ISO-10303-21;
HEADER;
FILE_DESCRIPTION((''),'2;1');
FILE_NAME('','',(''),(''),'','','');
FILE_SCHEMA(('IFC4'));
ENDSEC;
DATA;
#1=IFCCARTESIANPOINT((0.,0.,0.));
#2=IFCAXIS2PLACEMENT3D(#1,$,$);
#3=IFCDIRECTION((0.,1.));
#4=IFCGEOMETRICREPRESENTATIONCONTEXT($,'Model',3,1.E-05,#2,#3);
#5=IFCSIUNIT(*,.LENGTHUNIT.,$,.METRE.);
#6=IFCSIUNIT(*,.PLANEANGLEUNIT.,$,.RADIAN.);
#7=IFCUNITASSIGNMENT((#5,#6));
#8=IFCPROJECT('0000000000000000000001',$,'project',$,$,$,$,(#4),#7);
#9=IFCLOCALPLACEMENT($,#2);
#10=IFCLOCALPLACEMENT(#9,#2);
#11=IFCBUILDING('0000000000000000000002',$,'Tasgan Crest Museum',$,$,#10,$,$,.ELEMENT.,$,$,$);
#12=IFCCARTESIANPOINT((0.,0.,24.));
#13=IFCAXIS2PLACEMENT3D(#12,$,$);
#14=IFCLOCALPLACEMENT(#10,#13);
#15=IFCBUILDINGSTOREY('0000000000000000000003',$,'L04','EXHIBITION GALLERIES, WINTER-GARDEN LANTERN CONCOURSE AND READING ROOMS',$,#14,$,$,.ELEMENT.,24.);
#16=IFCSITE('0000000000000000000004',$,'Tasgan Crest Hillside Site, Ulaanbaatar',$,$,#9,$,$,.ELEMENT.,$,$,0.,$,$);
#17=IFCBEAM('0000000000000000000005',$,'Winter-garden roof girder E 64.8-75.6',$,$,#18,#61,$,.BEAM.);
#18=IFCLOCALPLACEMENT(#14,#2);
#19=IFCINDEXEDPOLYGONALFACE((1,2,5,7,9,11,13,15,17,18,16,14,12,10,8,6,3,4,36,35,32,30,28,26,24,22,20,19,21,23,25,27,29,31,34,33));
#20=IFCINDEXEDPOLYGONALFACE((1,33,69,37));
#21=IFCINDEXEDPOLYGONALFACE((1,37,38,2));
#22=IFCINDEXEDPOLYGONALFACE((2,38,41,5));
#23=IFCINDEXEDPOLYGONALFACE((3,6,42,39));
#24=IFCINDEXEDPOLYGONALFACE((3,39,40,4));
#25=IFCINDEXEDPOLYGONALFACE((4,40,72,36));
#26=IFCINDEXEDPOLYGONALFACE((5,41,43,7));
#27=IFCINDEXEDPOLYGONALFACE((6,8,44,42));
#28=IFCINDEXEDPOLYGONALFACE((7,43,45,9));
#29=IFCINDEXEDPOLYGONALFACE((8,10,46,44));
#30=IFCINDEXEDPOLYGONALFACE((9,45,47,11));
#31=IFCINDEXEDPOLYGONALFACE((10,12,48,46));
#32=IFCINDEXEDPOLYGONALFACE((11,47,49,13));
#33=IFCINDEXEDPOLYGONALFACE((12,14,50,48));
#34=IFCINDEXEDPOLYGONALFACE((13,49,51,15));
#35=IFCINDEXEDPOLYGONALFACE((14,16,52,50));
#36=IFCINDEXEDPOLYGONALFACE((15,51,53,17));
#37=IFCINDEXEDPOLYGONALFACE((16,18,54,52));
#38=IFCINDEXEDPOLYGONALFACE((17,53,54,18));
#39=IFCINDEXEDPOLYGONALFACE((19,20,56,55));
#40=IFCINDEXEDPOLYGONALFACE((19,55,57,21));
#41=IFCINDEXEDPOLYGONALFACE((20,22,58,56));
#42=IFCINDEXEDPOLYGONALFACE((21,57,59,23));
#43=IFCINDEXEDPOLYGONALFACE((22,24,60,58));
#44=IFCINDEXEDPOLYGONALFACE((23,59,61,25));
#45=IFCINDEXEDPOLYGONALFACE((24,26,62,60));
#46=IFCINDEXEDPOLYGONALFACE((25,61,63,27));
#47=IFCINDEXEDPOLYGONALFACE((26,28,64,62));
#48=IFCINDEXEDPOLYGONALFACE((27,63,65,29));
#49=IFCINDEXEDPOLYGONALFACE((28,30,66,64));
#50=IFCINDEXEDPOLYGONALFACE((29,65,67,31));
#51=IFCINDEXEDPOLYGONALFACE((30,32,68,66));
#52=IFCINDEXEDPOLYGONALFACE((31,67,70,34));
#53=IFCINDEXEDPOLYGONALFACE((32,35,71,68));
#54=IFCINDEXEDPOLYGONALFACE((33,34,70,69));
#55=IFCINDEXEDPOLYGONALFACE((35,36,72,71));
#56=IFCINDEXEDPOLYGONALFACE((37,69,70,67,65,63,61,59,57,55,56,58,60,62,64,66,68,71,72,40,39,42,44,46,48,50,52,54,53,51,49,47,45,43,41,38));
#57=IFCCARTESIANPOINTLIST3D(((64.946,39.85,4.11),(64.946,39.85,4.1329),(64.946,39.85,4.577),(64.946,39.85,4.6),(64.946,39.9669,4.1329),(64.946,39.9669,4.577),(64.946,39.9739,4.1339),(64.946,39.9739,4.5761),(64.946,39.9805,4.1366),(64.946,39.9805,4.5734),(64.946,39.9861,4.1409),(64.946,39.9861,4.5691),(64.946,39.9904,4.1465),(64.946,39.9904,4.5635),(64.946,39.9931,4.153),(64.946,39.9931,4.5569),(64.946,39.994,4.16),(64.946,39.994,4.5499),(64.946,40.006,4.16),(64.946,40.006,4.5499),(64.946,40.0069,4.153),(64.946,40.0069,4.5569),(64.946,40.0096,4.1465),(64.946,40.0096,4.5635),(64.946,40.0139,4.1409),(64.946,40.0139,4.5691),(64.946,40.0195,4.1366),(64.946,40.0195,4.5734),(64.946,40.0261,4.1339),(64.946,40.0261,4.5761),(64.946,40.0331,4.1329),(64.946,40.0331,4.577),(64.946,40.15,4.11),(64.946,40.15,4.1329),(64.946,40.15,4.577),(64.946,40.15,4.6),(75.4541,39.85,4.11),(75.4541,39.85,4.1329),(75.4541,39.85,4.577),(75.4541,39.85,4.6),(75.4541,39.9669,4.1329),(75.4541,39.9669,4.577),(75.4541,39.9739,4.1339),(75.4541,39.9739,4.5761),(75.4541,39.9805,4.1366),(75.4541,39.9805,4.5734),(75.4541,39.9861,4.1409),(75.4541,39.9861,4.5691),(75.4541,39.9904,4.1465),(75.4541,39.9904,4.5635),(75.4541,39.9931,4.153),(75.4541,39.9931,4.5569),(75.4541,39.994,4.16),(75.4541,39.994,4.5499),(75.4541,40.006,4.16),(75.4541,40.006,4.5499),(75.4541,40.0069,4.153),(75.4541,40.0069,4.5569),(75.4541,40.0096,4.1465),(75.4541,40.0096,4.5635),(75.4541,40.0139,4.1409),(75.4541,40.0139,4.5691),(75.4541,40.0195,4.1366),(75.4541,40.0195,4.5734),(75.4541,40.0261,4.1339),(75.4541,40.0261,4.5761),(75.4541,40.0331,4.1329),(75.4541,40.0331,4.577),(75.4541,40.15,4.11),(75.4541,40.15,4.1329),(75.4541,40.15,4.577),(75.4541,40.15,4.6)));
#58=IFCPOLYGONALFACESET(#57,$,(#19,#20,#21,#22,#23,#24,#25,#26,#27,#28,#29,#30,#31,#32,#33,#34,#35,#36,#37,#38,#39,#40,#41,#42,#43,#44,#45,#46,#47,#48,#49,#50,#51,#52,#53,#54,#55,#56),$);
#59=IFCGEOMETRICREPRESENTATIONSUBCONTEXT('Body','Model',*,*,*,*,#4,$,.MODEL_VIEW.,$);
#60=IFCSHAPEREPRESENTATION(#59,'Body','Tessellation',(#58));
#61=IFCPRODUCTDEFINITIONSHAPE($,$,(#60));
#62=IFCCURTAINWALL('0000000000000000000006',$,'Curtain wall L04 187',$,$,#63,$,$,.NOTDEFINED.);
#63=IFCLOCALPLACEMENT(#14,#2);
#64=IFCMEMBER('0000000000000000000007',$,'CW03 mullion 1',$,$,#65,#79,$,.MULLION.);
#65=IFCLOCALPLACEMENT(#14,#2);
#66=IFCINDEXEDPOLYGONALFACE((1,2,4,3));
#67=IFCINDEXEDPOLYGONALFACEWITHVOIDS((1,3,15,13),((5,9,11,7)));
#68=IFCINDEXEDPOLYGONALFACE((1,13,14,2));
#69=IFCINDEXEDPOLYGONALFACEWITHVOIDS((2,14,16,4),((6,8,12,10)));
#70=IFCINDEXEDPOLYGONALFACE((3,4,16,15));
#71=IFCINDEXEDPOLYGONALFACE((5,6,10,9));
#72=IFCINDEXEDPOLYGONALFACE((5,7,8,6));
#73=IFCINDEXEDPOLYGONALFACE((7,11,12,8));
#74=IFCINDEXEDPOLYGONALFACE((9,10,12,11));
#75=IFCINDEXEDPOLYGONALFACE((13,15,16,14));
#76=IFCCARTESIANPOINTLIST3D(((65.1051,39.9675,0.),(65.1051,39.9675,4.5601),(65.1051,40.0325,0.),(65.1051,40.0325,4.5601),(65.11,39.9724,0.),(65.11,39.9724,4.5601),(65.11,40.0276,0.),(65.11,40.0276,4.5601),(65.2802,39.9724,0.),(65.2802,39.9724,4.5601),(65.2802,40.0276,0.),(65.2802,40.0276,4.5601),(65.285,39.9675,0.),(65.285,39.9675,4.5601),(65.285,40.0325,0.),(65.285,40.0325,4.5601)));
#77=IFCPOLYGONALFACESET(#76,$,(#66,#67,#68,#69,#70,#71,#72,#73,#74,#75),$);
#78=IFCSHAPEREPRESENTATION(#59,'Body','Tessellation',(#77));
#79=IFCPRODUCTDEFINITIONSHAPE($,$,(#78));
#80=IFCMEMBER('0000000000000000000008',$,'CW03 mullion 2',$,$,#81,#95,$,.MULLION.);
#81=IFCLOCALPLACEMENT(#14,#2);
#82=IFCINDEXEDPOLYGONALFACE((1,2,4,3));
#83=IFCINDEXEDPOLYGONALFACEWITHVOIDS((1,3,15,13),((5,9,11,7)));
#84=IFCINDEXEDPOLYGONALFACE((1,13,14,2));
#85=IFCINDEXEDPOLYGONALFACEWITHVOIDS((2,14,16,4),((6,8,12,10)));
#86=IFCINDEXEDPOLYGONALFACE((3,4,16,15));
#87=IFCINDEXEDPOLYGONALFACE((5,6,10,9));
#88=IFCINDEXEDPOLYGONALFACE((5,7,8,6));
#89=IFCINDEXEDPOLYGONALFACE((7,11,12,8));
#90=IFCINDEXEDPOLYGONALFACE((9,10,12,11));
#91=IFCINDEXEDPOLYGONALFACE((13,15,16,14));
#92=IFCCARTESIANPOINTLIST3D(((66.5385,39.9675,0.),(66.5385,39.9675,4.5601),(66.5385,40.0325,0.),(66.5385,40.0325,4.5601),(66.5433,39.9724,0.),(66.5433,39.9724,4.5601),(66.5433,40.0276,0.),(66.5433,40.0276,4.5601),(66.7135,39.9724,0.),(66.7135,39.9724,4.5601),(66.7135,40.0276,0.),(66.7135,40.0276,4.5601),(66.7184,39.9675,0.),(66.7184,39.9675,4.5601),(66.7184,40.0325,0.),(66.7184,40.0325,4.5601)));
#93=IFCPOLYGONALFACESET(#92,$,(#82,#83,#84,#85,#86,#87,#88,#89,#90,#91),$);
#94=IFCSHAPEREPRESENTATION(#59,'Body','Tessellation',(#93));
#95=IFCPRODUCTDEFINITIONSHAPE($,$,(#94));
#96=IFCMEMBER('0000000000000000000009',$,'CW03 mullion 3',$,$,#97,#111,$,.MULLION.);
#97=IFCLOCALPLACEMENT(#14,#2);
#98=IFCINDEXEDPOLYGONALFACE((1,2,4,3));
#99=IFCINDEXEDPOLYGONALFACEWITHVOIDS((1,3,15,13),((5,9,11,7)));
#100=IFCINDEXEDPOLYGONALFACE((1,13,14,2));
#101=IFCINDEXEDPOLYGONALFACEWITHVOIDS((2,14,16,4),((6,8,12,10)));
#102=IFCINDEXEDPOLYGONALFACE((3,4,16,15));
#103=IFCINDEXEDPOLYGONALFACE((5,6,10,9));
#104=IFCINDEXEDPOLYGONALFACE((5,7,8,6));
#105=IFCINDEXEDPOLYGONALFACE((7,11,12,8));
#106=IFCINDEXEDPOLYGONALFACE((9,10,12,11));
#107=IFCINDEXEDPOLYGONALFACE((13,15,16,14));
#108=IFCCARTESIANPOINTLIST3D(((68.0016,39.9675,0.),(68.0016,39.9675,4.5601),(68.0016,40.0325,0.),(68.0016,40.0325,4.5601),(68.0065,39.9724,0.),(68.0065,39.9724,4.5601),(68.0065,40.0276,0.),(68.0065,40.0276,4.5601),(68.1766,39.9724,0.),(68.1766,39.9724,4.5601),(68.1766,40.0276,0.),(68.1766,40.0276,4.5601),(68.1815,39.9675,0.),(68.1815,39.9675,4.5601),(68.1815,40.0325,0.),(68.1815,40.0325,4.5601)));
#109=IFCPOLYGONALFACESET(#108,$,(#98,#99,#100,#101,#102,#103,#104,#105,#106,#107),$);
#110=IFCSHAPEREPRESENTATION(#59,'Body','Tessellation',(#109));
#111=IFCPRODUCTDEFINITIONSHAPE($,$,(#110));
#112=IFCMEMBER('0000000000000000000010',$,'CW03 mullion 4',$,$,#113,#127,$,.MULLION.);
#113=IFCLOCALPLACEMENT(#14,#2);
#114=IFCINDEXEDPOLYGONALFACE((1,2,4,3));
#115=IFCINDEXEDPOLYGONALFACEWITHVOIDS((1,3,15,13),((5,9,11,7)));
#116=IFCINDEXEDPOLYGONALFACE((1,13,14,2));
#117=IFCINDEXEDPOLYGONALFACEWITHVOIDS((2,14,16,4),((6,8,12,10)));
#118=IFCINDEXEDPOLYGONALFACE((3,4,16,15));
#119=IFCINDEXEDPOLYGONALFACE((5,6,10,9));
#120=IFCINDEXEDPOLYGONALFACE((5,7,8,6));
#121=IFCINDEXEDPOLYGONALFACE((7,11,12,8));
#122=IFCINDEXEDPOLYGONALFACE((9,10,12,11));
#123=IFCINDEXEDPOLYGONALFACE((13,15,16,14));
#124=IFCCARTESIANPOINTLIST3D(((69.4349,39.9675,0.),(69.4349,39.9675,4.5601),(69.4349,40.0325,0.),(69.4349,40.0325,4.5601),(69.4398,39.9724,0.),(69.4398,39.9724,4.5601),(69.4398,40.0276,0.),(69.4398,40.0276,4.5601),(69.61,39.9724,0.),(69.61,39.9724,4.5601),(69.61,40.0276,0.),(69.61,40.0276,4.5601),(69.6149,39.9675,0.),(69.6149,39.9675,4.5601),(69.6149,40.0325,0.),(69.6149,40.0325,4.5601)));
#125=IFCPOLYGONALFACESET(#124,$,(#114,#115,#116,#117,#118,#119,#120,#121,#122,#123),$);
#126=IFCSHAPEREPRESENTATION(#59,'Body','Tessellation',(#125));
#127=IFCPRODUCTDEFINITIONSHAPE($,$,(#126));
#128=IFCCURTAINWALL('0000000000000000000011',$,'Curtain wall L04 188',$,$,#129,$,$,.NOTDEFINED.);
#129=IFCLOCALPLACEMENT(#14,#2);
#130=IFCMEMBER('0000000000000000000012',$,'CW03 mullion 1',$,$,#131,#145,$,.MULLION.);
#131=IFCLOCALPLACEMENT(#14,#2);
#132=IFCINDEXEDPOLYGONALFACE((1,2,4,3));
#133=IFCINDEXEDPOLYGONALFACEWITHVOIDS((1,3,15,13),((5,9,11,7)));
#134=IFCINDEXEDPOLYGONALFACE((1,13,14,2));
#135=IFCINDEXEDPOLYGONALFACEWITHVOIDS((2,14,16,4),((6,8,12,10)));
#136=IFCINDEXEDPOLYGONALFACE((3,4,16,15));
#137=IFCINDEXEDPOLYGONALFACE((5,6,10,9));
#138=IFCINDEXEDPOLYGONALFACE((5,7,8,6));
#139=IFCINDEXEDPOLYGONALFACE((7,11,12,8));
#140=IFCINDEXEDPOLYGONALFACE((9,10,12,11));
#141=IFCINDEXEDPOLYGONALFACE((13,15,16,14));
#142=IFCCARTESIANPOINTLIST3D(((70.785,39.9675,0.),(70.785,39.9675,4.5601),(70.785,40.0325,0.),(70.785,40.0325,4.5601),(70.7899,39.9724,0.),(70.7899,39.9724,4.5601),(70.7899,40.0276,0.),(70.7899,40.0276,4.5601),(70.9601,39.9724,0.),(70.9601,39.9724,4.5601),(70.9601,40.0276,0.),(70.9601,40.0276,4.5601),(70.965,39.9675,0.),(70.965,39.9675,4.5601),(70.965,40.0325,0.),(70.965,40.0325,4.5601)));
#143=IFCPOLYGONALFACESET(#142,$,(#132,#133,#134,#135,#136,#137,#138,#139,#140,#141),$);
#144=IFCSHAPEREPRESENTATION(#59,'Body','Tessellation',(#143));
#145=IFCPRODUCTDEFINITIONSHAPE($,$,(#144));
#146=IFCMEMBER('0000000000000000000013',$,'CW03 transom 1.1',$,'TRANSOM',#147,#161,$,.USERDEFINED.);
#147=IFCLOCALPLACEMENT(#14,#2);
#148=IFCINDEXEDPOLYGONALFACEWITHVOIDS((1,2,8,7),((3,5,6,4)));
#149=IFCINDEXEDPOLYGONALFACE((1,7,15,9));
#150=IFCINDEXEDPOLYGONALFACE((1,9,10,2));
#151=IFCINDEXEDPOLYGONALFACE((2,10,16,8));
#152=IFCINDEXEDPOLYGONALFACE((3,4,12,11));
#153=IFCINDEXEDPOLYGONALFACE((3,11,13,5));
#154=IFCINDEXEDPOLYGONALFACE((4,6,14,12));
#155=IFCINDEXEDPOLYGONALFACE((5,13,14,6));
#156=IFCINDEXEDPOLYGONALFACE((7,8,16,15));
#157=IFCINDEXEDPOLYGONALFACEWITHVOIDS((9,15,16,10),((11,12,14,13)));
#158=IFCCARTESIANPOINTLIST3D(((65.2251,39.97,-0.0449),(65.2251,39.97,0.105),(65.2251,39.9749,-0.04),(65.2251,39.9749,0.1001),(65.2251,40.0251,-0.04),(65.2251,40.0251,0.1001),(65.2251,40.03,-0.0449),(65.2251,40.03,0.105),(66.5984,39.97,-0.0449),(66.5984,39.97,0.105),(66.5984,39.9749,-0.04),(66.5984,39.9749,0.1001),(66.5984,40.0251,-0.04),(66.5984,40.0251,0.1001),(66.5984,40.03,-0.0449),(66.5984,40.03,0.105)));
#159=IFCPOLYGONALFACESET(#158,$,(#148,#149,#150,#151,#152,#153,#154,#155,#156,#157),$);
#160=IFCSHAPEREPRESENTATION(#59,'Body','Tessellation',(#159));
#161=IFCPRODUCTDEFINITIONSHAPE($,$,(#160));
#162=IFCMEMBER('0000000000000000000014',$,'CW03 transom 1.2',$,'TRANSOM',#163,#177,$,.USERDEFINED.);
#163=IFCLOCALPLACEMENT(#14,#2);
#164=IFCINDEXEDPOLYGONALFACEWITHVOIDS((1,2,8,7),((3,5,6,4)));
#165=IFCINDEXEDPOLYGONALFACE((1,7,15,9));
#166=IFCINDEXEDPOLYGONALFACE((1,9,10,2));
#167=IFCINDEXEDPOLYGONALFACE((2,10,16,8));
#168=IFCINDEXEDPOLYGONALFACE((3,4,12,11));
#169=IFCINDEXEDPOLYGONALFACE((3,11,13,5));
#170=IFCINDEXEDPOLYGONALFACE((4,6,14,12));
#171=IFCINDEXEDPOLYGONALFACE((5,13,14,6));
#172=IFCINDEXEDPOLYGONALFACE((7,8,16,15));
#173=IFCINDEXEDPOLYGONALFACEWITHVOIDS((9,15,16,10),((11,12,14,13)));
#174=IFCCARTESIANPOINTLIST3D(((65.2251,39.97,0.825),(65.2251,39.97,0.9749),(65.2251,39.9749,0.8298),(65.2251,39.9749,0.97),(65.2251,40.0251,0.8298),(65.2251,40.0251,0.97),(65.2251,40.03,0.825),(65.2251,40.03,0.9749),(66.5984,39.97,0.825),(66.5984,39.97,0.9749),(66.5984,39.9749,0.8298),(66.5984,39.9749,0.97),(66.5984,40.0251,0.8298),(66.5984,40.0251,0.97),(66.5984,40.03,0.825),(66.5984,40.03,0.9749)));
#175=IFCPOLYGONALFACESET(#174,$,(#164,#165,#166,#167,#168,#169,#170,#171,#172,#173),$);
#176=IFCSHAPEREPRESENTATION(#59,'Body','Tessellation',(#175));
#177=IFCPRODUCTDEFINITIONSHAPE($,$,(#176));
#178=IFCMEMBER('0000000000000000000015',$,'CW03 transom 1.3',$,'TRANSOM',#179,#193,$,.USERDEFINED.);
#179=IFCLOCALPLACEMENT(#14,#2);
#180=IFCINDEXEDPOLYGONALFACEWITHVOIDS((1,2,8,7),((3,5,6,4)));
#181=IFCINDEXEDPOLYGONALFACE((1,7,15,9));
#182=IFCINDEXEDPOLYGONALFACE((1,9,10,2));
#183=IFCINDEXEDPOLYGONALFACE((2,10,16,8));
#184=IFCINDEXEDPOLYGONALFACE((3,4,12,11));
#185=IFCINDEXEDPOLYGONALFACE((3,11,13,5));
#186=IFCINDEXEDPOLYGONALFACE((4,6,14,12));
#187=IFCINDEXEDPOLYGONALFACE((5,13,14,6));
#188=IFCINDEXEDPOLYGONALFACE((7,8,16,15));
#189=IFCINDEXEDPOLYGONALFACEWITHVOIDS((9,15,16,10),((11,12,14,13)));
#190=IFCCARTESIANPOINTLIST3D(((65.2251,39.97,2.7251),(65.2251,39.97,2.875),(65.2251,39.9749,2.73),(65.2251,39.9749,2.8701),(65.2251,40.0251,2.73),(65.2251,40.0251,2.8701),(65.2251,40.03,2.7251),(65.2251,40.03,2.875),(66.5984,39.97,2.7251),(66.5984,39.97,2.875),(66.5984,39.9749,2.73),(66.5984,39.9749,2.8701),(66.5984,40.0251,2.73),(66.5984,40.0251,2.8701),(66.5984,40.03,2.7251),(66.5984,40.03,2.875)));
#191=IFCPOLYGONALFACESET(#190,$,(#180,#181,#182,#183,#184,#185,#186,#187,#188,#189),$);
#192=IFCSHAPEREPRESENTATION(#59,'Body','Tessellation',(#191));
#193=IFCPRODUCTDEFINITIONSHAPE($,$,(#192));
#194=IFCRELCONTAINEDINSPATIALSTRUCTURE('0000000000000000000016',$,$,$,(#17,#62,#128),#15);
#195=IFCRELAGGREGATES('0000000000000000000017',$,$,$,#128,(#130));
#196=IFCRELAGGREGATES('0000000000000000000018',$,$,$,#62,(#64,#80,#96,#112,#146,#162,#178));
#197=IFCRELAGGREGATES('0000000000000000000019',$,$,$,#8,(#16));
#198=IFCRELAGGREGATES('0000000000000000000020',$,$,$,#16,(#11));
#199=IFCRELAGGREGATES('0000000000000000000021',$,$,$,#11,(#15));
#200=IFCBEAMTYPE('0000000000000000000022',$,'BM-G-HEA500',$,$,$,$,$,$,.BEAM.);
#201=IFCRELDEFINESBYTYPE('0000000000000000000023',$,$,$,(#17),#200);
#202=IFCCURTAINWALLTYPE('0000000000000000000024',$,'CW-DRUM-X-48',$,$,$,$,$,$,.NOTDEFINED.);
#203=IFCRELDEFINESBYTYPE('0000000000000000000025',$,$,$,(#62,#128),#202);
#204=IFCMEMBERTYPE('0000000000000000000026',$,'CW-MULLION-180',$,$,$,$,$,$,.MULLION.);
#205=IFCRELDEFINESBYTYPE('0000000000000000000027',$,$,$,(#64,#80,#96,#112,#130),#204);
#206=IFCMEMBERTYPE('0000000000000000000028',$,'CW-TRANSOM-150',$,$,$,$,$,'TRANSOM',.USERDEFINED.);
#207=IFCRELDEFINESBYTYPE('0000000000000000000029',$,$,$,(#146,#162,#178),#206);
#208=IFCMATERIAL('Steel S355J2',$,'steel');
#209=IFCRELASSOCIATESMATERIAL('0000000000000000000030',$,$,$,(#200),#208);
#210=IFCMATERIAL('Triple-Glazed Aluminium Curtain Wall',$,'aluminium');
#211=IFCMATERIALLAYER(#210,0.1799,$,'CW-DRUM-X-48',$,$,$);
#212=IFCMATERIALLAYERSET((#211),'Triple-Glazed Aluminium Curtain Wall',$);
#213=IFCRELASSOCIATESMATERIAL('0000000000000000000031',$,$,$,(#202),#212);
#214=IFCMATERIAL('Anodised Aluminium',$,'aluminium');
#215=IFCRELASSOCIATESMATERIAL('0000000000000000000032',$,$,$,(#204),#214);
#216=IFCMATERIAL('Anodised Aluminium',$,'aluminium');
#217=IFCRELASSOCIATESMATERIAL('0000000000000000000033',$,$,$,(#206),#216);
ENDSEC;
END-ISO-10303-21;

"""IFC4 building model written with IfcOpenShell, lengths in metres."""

from ifc_helpers import new_model, si_unit, direction, frame, origin, origin_2d, place, context, subcontext, project, spatial, hollow_rectangle, i_section, extrude, material, layer, layer_set, material_profile, profile_set, type_object, element, aggregate, save


model = new_model("IFC4")

# Units and contexts
model_context = context("Model", 3, precision=1e-05, world=origin(), true_north=direction((0.0, 1.0)))
body_context = subcontext(model_context, "Body", "Model", "MODEL_VIEW")
ifc_project = project(units=[si_unit("LENGTHUNIT", "METRE"), si_unit("PLANEANGLEUNIT", "RADIAN")], contexts=[model_context])

# Site, building, storey
site_placement = place(None, origin())
site = spatial("IfcSite", under=ifc_project, at=site_placement, Name="Tasgan Crest Hillside Site, Ulaanbaatar", CompositionType="ELEMENT", RefElevation=0.0)
building_placement = place(site_placement, origin())
building = spatial("IfcBuilding", under=site, at=building_placement, Name="Tasgan Crest Museum", CompositionType="ELEMENT")
storey_placement = place(building_placement, frame((0.0, 0.0, 24.0)))
storey = spatial("IfcBuildingStorey", under=building, at=storey_placement, Name="L04", Description="EXHIBITION GALLERIES, WINTER-GARDEN LANTERN CONCOURSE AND READING ROOMS", CompositionType="ELEMENT", Elevation=24.0)

# Beam
ifc_material_1 = material(Name="Steel S355J2", Category="steel")
ifc_material_profile_1 = material_profile(ifc_material_1, i_section(OverallWidth=0.3, OverallDepth=0.49, WebThickness=0.012, FlangeThickness=0.0229, FilletRadius=0.0271, at=origin_2d()), Name="HEA 500")
ifc_profile_set_1 = profile_set([ifc_material_profile_1], Name="Steel S355J2")
beam_type = type_object("IfcBeamType", Name="BM-G-HEA500", PredefinedType="BEAM", material=ifc_profile_set_1)
beam_placement = place(storey_placement, frame((64.946, 40.0, 4.355), z_axis=(1.0, 0.0, 0.0), x_axis=(0.0, 1.0, 0.0)))
element("IfcBeam", 1, at=beam_placement, inside=storey, type_object=beam_type, Name="Winter-garden roof girder E 64.8-75.6", PredefinedType="BEAM", context=body_context, shape_type="SweptSolid", body=[
    extrude(i_section(OverallWidth=0.3, OverallDepth=0.49, WebThickness=0.012, FlangeThickness=0.0229, FilletRadius=0.0271, at=origin_2d()), origin(), (0.0, 0.0, 1.0), 10.5081),
])

# Curtain wall, members
ifc_material_2 = material(Name="Triple-Glazed Aluminium Curtain Wall", Category="aluminium")
ifc_layer_1 = layer(ifc_material_2, 0.1799, Name="CW-DRUM-X-48")
ifc_layer_set_1 = layer_set([ifc_layer_1], Name="Triple-Glazed Aluminium Curtain Wall")
curtain_wall_type = type_object("IfcCurtainWallType", Name="CW-DRUM-X-48", PredefinedType="NOTDEFINED", material=ifc_layer_set_1)
curtain_wall_1_placement = place(storey_placement, origin())
curtain_wall_1 = element("IfcCurtainWall", 2, at=curtain_wall_1_placement, inside=storey, type_object=curtain_wall_type, Name="Curtain wall L04 187", PredefinedType="NOTDEFINED")
ifc_material_3 = material(Name="Anodised Aluminium", Category="aluminium")
ifc_material_profile_2 = material_profile(ifc_material_3, hollow_rectangle(XDim=0.0649, YDim=0.1799, WallThickness=0.0049, at=origin_2d()), Name="ALU MULLION 180x65x5")
ifc_profile_set_2 = profile_set([ifc_material_profile_2], Name="Anodised Aluminium")
member_type_1 = type_object("IfcMemberType", Name="CW-MULLION-180", PredefinedType="MULLION", material=ifc_profile_set_2)
member_1_placement = place(storey_placement, frame((65.1951, 40.0, 0.0), z_axis=(0.0, 0.0, 1.0), x_axis=(0.0, 1.0, 0.0)))
member_1 = element("IfcMember", 3, at=member_1_placement, type_object=member_type_1, Name="CW03 mullion 1", PredefinedType="MULLION", context=body_context, shape_type="SweptSolid", body=[
    extrude(hollow_rectangle(XDim=0.0649, YDim=0.1799, WallThickness=0.0049, at=origin_2d()), origin(), (0.0, 0.0, 1.0), 4.5601),
])
member_2_placement = place(storey_placement, frame((66.6284, 40.0, 0.0), z_axis=(0.0, 0.0, 1.0), x_axis=(0.0, 1.0, 0.0)))
member_2 = element("IfcMember", 4, at=member_2_placement, type_object=member_type_1, Name="CW03 mullion 2", PredefinedType="MULLION", context=body_context, shape_type="SweptSolid", body=[
    extrude(hollow_rectangle(XDim=0.0649, YDim=0.1799, WallThickness=0.0049, at=origin_2d()), origin(), (0.0, 0.0, 1.0), 4.5601),
])
member_3_placement = place(storey_placement, frame((68.0916, 40.0, 0.0), z_axis=(0.0, 0.0, 1.0), x_axis=(0.0, 1.0, 0.0)))
member_3 = element("IfcMember", 5, at=member_3_placement, type_object=member_type_1, Name="CW03 mullion 3", PredefinedType="MULLION", context=body_context, shape_type="SweptSolid", body=[
    extrude(hollow_rectangle(XDim=0.0649, YDim=0.1799, WallThickness=0.0049, at=origin_2d()), origin(), (0.0, 0.0, 1.0), 4.5601),
])
member_4_placement = place(storey_placement, frame((69.5249, 40.0, 0.0), z_axis=(0.0, 0.0, 1.0), x_axis=(0.0, 1.0, 0.0)))
member_4 = element("IfcMember", 6, at=member_4_placement, type_object=member_type_1, Name="CW03 mullion 4", PredefinedType="MULLION", context=body_context, shape_type="SweptSolid", body=[
    extrude(hollow_rectangle(XDim=0.0649, YDim=0.1799, WallThickness=0.0049, at=origin_2d()), origin(), (0.0, 0.0, 1.0), 4.5601),
])

# Curtain wall, member
curtain_wall_2_placement = place(storey_placement, origin())
curtain_wall_2 = element("IfcCurtainWall", 7, at=curtain_wall_2_placement, inside=storey, type_object=curtain_wall_type, Name="Curtain wall L04 188", PredefinedType="NOTDEFINED")
member_5_placement = place(storey_placement, frame((70.875, 40.0, 0.0), z_axis=(0.0, 0.0, 1.0), x_axis=(0.0, 1.0, 0.0)))
member_5 = element("IfcMember", 8, at=member_5_placement, type_object=member_type_1, Name="CW03 mullion 1", PredefinedType="MULLION", context=body_context, shape_type="SweptSolid", body=[
    extrude(hollow_rectangle(XDim=0.0649, YDim=0.1799, WallThickness=0.0049, at=origin_2d()), origin(), (0.0, 0.0, 1.0), 4.5601),
])

# Members
ifc_material_4 = material(Name="Anodised Aluminium", Category="aluminium")
ifc_material_profile_3 = material_profile(ifc_material_4, hollow_rectangle(XDim=0.0601, YDim=0.1499, WallThickness=0.0049, at=origin_2d()), Name="ALU TRANSOM 150x60x5")
ifc_profile_set_3 = profile_set([ifc_material_profile_3], Name="Anodised Aluminium")
member_type_2 = type_object("IfcMemberType", Name="CW-TRANSOM-150", ElementType="TRANSOM", PredefinedType="USERDEFINED", material=ifc_profile_set_3)
member_6_placement = place(storey_placement, frame((65.2251, 40.0, 0.03), z_axis=(1.0, 0.0, 0.0), x_axis=(0.0, 1.0, 0.0)))
member_6 = element("IfcMember", 9, at=member_6_placement, type_object=member_type_2, Name="CW03 transom 1.1", ObjectType="TRANSOM", PredefinedType="USERDEFINED", context=body_context, shape_type="SweptSolid", body=[
    extrude(hollow_rectangle(XDim=0.0601, YDim=0.1499, WallThickness=0.0049, at=origin_2d()), origin(), (0.0, 0.0, 1.0), 1.3733),
])
member_7_placement = place(storey_placement, frame((65.2251, 40.0, 0.8999), z_axis=(1.0, 0.0, 0.0), x_axis=(0.0, 1.0, 0.0)))
member_7 = element("IfcMember", 10, at=member_7_placement, type_object=member_type_2, Name="CW03 transom 1.2", ObjectType="TRANSOM", PredefinedType="USERDEFINED", context=body_context, shape_type="SweptSolid", body=[
    extrude(hollow_rectangle(XDim=0.0601, YDim=0.1499, WallThickness=0.0049, at=origin_2d()), origin(), (0.0, 0.0, 1.0), 1.3733),
])
member_8_placement = place(storey_placement, frame((65.2251, 40.0, 2.8), z_axis=(1.0, 0.0, 0.0), x_axis=(0.0, 1.0, 0.0)))
member_8 = element("IfcMember", 11, at=member_8_placement, type_object=member_type_2, Name="CW03 transom 1.3", ObjectType="TRANSOM", PredefinedType="USERDEFINED", context=body_context, shape_type="SweptSolid", body=[
    extrude(hollow_rectangle(XDim=0.0601, YDim=0.1499, WallThickness=0.0049, at=origin_2d()), origin(), (0.0, 0.0, 1.0), 1.3733),
])
aggregate(curtain_wall_2, [member_5])

aggregate(curtain_wall_1, [member_1, member_2, member_3, member_4, member_6, member_7, member_8])

save(model, "model.ifc")
